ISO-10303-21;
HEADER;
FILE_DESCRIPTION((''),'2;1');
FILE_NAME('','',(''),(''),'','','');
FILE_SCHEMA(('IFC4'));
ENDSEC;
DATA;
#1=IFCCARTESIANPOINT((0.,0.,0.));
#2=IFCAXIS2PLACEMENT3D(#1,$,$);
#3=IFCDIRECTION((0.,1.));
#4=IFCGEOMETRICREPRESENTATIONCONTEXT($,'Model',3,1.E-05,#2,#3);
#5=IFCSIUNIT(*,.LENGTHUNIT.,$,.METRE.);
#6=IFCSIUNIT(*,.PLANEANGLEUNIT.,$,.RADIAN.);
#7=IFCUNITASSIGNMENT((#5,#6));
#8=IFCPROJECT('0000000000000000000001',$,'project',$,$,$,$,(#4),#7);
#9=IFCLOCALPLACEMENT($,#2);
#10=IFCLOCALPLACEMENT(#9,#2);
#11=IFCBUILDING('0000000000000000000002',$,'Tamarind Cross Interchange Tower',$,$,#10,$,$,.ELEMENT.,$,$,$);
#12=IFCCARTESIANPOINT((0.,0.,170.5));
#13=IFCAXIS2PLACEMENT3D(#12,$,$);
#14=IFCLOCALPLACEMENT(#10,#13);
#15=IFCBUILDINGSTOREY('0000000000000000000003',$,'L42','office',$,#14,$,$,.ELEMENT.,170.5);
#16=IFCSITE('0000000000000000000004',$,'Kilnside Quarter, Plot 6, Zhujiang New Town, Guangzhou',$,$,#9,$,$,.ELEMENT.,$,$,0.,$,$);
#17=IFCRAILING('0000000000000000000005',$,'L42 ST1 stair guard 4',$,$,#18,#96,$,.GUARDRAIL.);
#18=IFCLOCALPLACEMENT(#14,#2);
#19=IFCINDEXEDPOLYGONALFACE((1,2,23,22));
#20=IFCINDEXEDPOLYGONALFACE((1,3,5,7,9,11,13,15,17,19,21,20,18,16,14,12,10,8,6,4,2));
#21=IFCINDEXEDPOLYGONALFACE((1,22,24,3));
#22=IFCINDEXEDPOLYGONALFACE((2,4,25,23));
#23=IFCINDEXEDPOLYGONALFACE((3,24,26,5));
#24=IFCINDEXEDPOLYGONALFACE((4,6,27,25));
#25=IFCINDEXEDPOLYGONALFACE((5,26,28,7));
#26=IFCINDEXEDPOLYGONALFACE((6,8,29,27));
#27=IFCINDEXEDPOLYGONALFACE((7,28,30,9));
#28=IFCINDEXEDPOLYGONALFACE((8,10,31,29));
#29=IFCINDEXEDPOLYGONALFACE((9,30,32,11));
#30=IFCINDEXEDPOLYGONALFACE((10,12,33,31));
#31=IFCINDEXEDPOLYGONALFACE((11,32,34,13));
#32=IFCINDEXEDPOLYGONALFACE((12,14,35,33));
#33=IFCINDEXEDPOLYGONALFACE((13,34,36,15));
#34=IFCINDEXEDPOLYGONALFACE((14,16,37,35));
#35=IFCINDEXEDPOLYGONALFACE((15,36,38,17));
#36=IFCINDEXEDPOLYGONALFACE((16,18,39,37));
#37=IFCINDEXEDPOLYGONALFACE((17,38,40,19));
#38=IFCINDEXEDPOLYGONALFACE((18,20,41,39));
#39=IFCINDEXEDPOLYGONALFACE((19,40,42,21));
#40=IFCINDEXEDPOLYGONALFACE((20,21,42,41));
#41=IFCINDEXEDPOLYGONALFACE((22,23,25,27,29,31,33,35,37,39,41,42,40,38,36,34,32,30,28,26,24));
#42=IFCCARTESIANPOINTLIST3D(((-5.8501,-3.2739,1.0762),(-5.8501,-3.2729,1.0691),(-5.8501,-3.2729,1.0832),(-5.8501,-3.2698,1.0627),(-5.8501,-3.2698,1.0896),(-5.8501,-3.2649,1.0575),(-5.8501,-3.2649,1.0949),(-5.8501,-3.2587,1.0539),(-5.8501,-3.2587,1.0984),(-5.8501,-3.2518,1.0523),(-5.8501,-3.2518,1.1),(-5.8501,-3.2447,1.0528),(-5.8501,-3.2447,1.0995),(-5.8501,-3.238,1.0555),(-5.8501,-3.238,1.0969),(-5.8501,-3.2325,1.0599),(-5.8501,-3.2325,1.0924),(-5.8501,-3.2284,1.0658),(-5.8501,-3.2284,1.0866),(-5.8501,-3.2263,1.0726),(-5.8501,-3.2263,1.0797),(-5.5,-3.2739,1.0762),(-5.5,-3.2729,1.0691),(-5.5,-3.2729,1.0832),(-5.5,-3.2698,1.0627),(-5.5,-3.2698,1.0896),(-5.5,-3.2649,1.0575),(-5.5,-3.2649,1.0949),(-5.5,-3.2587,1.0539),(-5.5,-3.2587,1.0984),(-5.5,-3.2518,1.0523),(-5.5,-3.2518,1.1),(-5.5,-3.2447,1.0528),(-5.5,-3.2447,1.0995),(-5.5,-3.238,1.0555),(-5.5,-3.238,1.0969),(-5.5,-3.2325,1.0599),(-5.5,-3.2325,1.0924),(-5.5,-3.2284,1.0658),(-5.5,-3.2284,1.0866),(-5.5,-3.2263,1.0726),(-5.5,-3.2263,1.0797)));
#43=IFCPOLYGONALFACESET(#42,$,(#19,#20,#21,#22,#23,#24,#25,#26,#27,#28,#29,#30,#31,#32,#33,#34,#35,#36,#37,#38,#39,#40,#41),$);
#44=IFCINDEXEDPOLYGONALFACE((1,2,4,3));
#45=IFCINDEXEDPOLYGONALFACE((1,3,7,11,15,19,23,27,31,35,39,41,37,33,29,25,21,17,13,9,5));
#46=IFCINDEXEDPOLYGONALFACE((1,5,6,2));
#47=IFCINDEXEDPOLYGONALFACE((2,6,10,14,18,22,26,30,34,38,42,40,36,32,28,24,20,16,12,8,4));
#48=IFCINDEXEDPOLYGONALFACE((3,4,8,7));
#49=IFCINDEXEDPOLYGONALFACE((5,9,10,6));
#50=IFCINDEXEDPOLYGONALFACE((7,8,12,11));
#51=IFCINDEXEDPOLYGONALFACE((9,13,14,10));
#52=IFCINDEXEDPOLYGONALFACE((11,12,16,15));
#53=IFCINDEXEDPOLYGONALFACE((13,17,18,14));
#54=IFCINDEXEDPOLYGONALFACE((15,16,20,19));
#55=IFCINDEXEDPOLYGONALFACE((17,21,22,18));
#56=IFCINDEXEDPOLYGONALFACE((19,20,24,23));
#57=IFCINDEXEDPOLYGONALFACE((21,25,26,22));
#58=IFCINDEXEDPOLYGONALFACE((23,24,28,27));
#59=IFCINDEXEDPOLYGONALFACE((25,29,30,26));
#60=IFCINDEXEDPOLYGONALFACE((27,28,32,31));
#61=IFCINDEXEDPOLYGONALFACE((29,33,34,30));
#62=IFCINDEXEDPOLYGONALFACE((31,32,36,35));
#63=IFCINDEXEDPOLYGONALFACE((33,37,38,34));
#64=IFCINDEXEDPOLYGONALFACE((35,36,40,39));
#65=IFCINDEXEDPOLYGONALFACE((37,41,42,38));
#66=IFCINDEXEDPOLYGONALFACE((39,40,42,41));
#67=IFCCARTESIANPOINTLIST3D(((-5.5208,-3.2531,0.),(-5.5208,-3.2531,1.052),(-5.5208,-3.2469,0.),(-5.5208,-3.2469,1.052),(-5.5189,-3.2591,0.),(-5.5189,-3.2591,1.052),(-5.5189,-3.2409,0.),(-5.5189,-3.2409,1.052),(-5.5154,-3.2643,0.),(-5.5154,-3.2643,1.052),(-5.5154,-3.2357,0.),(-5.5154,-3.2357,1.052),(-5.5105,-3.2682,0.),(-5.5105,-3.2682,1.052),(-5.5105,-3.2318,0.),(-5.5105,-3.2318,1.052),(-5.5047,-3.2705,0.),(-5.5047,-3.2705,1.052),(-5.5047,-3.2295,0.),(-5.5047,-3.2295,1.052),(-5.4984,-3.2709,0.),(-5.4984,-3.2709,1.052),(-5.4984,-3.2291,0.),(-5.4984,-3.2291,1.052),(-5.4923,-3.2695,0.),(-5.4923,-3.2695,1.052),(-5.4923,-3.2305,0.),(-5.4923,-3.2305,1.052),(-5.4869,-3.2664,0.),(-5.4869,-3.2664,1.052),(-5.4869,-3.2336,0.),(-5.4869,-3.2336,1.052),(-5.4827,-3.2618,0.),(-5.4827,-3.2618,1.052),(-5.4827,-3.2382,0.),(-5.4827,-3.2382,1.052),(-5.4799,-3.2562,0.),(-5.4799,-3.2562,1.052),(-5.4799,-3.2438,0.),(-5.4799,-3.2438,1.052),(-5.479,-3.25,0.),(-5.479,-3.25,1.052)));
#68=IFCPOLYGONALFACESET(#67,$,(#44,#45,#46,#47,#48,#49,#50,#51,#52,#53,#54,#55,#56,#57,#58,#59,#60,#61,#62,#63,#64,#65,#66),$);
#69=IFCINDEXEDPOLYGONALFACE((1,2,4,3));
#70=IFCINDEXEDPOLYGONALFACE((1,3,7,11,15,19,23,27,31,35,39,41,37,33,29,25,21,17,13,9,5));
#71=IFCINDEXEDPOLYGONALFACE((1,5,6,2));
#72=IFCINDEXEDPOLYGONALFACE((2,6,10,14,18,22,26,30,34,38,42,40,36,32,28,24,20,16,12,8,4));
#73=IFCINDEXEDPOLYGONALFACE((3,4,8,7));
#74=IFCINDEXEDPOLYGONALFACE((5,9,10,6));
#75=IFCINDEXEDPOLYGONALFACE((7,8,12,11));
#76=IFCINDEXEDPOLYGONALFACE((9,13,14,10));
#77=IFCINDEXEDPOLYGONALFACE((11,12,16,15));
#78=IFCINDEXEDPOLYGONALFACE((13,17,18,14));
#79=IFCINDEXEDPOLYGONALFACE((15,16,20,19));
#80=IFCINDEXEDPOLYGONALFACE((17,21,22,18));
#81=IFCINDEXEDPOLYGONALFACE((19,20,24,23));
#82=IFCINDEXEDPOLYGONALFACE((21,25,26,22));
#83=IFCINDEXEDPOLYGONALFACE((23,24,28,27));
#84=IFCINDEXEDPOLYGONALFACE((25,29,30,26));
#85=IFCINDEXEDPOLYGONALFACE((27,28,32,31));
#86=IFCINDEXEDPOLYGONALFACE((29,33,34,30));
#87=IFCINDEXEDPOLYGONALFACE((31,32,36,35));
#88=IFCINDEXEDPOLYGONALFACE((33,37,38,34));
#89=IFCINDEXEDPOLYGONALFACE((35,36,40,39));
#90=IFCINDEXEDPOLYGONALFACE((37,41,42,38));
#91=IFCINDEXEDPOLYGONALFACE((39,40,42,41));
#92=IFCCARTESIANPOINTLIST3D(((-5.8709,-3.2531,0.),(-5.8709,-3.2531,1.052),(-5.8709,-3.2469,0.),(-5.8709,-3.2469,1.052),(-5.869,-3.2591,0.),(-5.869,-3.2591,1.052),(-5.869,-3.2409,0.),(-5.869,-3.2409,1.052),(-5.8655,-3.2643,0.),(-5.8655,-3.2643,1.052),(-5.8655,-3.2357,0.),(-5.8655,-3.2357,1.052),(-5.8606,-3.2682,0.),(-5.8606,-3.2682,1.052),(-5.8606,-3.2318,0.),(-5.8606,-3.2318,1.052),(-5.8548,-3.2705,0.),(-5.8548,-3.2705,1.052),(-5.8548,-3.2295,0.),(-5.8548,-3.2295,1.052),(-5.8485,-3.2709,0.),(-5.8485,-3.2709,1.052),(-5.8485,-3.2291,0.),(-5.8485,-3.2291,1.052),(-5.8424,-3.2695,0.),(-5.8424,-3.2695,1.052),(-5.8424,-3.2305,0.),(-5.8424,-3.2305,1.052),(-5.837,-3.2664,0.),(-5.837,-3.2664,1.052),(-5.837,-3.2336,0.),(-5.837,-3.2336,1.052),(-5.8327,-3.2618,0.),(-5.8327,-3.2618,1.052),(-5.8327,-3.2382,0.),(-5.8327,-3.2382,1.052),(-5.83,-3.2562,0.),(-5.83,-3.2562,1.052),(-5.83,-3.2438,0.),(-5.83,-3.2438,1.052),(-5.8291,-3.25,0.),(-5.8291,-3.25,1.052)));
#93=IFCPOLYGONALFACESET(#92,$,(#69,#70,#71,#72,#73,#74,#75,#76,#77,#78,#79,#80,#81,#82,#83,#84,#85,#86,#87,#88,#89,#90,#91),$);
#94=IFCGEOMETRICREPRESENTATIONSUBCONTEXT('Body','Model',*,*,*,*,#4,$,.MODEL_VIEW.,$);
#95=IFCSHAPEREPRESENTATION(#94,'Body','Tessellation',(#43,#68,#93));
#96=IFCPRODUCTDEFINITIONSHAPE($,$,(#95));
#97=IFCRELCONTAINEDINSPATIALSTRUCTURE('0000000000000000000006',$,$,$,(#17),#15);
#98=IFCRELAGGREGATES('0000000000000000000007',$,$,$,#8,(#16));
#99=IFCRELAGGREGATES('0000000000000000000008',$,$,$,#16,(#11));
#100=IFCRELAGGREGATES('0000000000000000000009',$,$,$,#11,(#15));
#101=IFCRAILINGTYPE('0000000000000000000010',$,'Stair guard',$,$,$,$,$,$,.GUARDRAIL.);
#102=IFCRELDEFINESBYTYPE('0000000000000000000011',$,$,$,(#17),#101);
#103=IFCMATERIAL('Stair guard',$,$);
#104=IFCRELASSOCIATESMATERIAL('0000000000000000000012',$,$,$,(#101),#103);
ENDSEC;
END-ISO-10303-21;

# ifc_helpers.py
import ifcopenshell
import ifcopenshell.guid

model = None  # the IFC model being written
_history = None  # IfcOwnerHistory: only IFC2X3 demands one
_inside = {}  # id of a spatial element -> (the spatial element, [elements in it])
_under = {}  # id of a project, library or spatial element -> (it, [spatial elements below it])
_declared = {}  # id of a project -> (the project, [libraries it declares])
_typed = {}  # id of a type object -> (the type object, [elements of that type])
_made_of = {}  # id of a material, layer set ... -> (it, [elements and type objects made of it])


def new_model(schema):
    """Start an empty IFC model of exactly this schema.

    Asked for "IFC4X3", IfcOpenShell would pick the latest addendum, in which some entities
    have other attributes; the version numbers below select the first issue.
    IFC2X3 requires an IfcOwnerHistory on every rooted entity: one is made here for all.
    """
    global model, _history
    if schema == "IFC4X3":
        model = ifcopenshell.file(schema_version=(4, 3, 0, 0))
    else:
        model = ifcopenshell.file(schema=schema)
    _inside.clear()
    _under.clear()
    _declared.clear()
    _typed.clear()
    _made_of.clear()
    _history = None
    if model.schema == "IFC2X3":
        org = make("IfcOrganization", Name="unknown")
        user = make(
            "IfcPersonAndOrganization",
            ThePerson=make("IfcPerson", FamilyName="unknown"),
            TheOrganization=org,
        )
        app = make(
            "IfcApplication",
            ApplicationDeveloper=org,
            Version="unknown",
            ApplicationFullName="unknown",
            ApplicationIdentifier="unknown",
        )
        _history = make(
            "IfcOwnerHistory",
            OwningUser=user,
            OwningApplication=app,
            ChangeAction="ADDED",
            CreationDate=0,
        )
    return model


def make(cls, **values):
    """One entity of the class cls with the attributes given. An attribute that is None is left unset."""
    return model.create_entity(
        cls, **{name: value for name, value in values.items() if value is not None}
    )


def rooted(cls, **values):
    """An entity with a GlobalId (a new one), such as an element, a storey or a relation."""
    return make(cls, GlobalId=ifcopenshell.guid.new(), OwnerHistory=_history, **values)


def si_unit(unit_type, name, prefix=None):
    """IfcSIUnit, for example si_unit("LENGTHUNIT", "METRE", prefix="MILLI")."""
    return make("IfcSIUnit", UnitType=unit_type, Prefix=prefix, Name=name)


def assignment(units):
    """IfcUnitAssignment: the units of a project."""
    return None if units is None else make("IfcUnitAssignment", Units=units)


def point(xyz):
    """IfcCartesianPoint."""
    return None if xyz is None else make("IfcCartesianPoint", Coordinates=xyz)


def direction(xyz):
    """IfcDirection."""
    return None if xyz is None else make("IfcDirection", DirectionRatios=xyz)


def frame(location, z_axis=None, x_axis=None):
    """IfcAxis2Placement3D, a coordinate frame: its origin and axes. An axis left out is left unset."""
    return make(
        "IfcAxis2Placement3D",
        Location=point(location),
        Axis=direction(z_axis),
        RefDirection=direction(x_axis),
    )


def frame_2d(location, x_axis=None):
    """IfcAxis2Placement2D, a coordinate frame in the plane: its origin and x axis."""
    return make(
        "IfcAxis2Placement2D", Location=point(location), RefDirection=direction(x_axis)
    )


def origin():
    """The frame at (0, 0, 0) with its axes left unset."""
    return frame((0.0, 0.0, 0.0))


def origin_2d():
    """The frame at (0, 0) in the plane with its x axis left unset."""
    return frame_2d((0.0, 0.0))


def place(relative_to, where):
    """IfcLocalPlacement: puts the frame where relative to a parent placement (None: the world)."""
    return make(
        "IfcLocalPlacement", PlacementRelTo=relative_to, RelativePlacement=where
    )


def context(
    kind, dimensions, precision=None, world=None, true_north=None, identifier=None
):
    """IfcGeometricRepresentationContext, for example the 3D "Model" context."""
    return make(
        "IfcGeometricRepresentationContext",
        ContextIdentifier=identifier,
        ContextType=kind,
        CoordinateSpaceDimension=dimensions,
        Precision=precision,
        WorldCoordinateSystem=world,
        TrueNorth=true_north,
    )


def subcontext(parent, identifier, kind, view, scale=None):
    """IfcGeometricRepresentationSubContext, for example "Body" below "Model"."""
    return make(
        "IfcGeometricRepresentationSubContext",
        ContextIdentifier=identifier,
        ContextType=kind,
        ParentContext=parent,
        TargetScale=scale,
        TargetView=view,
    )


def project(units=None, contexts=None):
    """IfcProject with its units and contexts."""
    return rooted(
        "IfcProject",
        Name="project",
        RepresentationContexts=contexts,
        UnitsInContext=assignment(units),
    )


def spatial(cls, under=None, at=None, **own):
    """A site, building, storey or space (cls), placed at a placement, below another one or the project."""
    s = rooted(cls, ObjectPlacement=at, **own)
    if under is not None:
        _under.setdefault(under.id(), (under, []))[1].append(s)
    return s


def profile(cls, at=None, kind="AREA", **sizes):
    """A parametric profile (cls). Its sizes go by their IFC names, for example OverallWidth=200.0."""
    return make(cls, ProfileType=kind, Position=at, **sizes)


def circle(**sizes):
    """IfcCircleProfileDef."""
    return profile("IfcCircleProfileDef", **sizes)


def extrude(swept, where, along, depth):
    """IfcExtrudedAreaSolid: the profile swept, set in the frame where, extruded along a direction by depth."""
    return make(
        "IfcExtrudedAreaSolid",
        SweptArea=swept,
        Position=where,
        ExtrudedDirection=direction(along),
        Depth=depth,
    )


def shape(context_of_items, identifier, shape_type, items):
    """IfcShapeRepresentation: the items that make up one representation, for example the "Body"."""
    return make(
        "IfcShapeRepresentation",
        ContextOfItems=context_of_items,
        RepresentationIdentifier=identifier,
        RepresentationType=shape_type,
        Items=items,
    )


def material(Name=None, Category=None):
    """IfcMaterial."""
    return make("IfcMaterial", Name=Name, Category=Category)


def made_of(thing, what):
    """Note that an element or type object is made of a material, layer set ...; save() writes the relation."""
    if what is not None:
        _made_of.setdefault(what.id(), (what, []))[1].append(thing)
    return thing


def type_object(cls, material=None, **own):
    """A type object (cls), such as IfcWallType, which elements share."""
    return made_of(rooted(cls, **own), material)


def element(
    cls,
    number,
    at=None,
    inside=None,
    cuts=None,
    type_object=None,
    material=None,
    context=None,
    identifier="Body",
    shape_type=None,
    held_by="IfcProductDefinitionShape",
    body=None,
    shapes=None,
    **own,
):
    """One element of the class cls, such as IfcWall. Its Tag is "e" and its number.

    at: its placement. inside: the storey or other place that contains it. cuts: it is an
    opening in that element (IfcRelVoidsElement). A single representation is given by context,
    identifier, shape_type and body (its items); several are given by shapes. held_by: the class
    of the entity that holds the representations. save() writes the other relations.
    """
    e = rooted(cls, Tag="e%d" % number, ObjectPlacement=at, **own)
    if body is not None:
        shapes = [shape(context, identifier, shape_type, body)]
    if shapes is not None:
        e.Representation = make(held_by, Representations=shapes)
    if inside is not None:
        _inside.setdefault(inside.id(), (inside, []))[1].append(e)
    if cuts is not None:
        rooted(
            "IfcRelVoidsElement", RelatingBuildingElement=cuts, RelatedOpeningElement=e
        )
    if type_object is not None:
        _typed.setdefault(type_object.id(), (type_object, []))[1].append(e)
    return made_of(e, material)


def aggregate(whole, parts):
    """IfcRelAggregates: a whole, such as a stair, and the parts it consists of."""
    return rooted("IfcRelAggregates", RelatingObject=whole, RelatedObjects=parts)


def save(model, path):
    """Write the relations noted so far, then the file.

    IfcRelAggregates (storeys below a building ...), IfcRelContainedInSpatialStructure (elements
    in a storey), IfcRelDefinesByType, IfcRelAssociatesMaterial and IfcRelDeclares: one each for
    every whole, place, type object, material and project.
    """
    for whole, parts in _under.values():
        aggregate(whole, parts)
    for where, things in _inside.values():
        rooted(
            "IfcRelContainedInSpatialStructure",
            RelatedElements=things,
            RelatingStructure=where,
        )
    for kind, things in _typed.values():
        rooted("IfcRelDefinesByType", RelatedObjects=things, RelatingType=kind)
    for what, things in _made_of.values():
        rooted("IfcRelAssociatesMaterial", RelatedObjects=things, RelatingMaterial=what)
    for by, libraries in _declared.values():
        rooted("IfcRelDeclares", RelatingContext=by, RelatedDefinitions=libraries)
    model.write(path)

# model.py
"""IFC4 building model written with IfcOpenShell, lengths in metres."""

from ifc_helpers import new_model, si_unit, direction, frame, origin, origin_2d, place, context, subcontext, project, spatial, circle, extrude, material, type_object, element, save


model = new_model("IFC4")

# Units and contexts
model_context = context("Model", 3, precision=1e-05, world=origin(), true_north=direction((0.0, 1.0)))
body_context = subcontext(model_context, "Body", "Model", "MODEL_VIEW")
ifc_project = project(units=[si_unit("LENGTHUNIT", "METRE"), si_unit("PLANEANGLEUNIT", "RADIAN")], contexts=[model_context])

# Site, building, storey
site_placement = place(None, origin())
site = spatial("IfcSite", under=ifc_project, at=site_placement, Name="Kilnside Quarter, Plot 6, Zhujiang New Town, Guangzhou", CompositionType="ELEMENT", RefElevation=0.0)
building_placement = place(site_placement, origin())
building = spatial("IfcBuilding", under=site, at=building_placement, Name="Tamarind Cross Interchange Tower", CompositionType="ELEMENT")
storey_placement = place(building_placement, frame((0.0, 0.0, 170.5)))
storey = spatial("IfcBuildingStorey", under=building, at=storey_placement, Name="L42", Description="office", CompositionType="ELEMENT", Elevation=170.5)

# Railing
ifc_material_1 = material(Name="Stair guard")
railing_type_1 = type_object("IfcRailingType", Name="Stair guard", PredefinedType="GUARDRAIL", material=ifc_material_1)
railing_1_placement = place(storey_placement, frame((-5.5, -3.25, 0.0)))
element("IfcRailing", 1, at=railing_1_placement, inside=storey, type_object=railing_type_1, Name="L42 ST1 stair guard 4", PredefinedType="GUARDRAIL", context=body_context, shape_type="SweptSolid", body=[
    extrude(circle(Radius=0.0239, at=origin_2d()), frame((0.0, 0.0, 1.0762), z_axis=(-1.0, 0.0, 0.0), x_axis=(0.0, -1.0, 0.0)), (0.0, 0.0, 1.0), 0.3501),
    extrude(circle(Radius=0.021, at=origin_2d()), origin(), (0.0, 0.0, 1.0), 1.052),
    extrude(circle(Radius=0.021, at=origin_2d()), frame((-0.3501, 0.0, 0.0)), (0.0, 0.0, 1.0), 1.052),
])

save(model, "model.ifc")
